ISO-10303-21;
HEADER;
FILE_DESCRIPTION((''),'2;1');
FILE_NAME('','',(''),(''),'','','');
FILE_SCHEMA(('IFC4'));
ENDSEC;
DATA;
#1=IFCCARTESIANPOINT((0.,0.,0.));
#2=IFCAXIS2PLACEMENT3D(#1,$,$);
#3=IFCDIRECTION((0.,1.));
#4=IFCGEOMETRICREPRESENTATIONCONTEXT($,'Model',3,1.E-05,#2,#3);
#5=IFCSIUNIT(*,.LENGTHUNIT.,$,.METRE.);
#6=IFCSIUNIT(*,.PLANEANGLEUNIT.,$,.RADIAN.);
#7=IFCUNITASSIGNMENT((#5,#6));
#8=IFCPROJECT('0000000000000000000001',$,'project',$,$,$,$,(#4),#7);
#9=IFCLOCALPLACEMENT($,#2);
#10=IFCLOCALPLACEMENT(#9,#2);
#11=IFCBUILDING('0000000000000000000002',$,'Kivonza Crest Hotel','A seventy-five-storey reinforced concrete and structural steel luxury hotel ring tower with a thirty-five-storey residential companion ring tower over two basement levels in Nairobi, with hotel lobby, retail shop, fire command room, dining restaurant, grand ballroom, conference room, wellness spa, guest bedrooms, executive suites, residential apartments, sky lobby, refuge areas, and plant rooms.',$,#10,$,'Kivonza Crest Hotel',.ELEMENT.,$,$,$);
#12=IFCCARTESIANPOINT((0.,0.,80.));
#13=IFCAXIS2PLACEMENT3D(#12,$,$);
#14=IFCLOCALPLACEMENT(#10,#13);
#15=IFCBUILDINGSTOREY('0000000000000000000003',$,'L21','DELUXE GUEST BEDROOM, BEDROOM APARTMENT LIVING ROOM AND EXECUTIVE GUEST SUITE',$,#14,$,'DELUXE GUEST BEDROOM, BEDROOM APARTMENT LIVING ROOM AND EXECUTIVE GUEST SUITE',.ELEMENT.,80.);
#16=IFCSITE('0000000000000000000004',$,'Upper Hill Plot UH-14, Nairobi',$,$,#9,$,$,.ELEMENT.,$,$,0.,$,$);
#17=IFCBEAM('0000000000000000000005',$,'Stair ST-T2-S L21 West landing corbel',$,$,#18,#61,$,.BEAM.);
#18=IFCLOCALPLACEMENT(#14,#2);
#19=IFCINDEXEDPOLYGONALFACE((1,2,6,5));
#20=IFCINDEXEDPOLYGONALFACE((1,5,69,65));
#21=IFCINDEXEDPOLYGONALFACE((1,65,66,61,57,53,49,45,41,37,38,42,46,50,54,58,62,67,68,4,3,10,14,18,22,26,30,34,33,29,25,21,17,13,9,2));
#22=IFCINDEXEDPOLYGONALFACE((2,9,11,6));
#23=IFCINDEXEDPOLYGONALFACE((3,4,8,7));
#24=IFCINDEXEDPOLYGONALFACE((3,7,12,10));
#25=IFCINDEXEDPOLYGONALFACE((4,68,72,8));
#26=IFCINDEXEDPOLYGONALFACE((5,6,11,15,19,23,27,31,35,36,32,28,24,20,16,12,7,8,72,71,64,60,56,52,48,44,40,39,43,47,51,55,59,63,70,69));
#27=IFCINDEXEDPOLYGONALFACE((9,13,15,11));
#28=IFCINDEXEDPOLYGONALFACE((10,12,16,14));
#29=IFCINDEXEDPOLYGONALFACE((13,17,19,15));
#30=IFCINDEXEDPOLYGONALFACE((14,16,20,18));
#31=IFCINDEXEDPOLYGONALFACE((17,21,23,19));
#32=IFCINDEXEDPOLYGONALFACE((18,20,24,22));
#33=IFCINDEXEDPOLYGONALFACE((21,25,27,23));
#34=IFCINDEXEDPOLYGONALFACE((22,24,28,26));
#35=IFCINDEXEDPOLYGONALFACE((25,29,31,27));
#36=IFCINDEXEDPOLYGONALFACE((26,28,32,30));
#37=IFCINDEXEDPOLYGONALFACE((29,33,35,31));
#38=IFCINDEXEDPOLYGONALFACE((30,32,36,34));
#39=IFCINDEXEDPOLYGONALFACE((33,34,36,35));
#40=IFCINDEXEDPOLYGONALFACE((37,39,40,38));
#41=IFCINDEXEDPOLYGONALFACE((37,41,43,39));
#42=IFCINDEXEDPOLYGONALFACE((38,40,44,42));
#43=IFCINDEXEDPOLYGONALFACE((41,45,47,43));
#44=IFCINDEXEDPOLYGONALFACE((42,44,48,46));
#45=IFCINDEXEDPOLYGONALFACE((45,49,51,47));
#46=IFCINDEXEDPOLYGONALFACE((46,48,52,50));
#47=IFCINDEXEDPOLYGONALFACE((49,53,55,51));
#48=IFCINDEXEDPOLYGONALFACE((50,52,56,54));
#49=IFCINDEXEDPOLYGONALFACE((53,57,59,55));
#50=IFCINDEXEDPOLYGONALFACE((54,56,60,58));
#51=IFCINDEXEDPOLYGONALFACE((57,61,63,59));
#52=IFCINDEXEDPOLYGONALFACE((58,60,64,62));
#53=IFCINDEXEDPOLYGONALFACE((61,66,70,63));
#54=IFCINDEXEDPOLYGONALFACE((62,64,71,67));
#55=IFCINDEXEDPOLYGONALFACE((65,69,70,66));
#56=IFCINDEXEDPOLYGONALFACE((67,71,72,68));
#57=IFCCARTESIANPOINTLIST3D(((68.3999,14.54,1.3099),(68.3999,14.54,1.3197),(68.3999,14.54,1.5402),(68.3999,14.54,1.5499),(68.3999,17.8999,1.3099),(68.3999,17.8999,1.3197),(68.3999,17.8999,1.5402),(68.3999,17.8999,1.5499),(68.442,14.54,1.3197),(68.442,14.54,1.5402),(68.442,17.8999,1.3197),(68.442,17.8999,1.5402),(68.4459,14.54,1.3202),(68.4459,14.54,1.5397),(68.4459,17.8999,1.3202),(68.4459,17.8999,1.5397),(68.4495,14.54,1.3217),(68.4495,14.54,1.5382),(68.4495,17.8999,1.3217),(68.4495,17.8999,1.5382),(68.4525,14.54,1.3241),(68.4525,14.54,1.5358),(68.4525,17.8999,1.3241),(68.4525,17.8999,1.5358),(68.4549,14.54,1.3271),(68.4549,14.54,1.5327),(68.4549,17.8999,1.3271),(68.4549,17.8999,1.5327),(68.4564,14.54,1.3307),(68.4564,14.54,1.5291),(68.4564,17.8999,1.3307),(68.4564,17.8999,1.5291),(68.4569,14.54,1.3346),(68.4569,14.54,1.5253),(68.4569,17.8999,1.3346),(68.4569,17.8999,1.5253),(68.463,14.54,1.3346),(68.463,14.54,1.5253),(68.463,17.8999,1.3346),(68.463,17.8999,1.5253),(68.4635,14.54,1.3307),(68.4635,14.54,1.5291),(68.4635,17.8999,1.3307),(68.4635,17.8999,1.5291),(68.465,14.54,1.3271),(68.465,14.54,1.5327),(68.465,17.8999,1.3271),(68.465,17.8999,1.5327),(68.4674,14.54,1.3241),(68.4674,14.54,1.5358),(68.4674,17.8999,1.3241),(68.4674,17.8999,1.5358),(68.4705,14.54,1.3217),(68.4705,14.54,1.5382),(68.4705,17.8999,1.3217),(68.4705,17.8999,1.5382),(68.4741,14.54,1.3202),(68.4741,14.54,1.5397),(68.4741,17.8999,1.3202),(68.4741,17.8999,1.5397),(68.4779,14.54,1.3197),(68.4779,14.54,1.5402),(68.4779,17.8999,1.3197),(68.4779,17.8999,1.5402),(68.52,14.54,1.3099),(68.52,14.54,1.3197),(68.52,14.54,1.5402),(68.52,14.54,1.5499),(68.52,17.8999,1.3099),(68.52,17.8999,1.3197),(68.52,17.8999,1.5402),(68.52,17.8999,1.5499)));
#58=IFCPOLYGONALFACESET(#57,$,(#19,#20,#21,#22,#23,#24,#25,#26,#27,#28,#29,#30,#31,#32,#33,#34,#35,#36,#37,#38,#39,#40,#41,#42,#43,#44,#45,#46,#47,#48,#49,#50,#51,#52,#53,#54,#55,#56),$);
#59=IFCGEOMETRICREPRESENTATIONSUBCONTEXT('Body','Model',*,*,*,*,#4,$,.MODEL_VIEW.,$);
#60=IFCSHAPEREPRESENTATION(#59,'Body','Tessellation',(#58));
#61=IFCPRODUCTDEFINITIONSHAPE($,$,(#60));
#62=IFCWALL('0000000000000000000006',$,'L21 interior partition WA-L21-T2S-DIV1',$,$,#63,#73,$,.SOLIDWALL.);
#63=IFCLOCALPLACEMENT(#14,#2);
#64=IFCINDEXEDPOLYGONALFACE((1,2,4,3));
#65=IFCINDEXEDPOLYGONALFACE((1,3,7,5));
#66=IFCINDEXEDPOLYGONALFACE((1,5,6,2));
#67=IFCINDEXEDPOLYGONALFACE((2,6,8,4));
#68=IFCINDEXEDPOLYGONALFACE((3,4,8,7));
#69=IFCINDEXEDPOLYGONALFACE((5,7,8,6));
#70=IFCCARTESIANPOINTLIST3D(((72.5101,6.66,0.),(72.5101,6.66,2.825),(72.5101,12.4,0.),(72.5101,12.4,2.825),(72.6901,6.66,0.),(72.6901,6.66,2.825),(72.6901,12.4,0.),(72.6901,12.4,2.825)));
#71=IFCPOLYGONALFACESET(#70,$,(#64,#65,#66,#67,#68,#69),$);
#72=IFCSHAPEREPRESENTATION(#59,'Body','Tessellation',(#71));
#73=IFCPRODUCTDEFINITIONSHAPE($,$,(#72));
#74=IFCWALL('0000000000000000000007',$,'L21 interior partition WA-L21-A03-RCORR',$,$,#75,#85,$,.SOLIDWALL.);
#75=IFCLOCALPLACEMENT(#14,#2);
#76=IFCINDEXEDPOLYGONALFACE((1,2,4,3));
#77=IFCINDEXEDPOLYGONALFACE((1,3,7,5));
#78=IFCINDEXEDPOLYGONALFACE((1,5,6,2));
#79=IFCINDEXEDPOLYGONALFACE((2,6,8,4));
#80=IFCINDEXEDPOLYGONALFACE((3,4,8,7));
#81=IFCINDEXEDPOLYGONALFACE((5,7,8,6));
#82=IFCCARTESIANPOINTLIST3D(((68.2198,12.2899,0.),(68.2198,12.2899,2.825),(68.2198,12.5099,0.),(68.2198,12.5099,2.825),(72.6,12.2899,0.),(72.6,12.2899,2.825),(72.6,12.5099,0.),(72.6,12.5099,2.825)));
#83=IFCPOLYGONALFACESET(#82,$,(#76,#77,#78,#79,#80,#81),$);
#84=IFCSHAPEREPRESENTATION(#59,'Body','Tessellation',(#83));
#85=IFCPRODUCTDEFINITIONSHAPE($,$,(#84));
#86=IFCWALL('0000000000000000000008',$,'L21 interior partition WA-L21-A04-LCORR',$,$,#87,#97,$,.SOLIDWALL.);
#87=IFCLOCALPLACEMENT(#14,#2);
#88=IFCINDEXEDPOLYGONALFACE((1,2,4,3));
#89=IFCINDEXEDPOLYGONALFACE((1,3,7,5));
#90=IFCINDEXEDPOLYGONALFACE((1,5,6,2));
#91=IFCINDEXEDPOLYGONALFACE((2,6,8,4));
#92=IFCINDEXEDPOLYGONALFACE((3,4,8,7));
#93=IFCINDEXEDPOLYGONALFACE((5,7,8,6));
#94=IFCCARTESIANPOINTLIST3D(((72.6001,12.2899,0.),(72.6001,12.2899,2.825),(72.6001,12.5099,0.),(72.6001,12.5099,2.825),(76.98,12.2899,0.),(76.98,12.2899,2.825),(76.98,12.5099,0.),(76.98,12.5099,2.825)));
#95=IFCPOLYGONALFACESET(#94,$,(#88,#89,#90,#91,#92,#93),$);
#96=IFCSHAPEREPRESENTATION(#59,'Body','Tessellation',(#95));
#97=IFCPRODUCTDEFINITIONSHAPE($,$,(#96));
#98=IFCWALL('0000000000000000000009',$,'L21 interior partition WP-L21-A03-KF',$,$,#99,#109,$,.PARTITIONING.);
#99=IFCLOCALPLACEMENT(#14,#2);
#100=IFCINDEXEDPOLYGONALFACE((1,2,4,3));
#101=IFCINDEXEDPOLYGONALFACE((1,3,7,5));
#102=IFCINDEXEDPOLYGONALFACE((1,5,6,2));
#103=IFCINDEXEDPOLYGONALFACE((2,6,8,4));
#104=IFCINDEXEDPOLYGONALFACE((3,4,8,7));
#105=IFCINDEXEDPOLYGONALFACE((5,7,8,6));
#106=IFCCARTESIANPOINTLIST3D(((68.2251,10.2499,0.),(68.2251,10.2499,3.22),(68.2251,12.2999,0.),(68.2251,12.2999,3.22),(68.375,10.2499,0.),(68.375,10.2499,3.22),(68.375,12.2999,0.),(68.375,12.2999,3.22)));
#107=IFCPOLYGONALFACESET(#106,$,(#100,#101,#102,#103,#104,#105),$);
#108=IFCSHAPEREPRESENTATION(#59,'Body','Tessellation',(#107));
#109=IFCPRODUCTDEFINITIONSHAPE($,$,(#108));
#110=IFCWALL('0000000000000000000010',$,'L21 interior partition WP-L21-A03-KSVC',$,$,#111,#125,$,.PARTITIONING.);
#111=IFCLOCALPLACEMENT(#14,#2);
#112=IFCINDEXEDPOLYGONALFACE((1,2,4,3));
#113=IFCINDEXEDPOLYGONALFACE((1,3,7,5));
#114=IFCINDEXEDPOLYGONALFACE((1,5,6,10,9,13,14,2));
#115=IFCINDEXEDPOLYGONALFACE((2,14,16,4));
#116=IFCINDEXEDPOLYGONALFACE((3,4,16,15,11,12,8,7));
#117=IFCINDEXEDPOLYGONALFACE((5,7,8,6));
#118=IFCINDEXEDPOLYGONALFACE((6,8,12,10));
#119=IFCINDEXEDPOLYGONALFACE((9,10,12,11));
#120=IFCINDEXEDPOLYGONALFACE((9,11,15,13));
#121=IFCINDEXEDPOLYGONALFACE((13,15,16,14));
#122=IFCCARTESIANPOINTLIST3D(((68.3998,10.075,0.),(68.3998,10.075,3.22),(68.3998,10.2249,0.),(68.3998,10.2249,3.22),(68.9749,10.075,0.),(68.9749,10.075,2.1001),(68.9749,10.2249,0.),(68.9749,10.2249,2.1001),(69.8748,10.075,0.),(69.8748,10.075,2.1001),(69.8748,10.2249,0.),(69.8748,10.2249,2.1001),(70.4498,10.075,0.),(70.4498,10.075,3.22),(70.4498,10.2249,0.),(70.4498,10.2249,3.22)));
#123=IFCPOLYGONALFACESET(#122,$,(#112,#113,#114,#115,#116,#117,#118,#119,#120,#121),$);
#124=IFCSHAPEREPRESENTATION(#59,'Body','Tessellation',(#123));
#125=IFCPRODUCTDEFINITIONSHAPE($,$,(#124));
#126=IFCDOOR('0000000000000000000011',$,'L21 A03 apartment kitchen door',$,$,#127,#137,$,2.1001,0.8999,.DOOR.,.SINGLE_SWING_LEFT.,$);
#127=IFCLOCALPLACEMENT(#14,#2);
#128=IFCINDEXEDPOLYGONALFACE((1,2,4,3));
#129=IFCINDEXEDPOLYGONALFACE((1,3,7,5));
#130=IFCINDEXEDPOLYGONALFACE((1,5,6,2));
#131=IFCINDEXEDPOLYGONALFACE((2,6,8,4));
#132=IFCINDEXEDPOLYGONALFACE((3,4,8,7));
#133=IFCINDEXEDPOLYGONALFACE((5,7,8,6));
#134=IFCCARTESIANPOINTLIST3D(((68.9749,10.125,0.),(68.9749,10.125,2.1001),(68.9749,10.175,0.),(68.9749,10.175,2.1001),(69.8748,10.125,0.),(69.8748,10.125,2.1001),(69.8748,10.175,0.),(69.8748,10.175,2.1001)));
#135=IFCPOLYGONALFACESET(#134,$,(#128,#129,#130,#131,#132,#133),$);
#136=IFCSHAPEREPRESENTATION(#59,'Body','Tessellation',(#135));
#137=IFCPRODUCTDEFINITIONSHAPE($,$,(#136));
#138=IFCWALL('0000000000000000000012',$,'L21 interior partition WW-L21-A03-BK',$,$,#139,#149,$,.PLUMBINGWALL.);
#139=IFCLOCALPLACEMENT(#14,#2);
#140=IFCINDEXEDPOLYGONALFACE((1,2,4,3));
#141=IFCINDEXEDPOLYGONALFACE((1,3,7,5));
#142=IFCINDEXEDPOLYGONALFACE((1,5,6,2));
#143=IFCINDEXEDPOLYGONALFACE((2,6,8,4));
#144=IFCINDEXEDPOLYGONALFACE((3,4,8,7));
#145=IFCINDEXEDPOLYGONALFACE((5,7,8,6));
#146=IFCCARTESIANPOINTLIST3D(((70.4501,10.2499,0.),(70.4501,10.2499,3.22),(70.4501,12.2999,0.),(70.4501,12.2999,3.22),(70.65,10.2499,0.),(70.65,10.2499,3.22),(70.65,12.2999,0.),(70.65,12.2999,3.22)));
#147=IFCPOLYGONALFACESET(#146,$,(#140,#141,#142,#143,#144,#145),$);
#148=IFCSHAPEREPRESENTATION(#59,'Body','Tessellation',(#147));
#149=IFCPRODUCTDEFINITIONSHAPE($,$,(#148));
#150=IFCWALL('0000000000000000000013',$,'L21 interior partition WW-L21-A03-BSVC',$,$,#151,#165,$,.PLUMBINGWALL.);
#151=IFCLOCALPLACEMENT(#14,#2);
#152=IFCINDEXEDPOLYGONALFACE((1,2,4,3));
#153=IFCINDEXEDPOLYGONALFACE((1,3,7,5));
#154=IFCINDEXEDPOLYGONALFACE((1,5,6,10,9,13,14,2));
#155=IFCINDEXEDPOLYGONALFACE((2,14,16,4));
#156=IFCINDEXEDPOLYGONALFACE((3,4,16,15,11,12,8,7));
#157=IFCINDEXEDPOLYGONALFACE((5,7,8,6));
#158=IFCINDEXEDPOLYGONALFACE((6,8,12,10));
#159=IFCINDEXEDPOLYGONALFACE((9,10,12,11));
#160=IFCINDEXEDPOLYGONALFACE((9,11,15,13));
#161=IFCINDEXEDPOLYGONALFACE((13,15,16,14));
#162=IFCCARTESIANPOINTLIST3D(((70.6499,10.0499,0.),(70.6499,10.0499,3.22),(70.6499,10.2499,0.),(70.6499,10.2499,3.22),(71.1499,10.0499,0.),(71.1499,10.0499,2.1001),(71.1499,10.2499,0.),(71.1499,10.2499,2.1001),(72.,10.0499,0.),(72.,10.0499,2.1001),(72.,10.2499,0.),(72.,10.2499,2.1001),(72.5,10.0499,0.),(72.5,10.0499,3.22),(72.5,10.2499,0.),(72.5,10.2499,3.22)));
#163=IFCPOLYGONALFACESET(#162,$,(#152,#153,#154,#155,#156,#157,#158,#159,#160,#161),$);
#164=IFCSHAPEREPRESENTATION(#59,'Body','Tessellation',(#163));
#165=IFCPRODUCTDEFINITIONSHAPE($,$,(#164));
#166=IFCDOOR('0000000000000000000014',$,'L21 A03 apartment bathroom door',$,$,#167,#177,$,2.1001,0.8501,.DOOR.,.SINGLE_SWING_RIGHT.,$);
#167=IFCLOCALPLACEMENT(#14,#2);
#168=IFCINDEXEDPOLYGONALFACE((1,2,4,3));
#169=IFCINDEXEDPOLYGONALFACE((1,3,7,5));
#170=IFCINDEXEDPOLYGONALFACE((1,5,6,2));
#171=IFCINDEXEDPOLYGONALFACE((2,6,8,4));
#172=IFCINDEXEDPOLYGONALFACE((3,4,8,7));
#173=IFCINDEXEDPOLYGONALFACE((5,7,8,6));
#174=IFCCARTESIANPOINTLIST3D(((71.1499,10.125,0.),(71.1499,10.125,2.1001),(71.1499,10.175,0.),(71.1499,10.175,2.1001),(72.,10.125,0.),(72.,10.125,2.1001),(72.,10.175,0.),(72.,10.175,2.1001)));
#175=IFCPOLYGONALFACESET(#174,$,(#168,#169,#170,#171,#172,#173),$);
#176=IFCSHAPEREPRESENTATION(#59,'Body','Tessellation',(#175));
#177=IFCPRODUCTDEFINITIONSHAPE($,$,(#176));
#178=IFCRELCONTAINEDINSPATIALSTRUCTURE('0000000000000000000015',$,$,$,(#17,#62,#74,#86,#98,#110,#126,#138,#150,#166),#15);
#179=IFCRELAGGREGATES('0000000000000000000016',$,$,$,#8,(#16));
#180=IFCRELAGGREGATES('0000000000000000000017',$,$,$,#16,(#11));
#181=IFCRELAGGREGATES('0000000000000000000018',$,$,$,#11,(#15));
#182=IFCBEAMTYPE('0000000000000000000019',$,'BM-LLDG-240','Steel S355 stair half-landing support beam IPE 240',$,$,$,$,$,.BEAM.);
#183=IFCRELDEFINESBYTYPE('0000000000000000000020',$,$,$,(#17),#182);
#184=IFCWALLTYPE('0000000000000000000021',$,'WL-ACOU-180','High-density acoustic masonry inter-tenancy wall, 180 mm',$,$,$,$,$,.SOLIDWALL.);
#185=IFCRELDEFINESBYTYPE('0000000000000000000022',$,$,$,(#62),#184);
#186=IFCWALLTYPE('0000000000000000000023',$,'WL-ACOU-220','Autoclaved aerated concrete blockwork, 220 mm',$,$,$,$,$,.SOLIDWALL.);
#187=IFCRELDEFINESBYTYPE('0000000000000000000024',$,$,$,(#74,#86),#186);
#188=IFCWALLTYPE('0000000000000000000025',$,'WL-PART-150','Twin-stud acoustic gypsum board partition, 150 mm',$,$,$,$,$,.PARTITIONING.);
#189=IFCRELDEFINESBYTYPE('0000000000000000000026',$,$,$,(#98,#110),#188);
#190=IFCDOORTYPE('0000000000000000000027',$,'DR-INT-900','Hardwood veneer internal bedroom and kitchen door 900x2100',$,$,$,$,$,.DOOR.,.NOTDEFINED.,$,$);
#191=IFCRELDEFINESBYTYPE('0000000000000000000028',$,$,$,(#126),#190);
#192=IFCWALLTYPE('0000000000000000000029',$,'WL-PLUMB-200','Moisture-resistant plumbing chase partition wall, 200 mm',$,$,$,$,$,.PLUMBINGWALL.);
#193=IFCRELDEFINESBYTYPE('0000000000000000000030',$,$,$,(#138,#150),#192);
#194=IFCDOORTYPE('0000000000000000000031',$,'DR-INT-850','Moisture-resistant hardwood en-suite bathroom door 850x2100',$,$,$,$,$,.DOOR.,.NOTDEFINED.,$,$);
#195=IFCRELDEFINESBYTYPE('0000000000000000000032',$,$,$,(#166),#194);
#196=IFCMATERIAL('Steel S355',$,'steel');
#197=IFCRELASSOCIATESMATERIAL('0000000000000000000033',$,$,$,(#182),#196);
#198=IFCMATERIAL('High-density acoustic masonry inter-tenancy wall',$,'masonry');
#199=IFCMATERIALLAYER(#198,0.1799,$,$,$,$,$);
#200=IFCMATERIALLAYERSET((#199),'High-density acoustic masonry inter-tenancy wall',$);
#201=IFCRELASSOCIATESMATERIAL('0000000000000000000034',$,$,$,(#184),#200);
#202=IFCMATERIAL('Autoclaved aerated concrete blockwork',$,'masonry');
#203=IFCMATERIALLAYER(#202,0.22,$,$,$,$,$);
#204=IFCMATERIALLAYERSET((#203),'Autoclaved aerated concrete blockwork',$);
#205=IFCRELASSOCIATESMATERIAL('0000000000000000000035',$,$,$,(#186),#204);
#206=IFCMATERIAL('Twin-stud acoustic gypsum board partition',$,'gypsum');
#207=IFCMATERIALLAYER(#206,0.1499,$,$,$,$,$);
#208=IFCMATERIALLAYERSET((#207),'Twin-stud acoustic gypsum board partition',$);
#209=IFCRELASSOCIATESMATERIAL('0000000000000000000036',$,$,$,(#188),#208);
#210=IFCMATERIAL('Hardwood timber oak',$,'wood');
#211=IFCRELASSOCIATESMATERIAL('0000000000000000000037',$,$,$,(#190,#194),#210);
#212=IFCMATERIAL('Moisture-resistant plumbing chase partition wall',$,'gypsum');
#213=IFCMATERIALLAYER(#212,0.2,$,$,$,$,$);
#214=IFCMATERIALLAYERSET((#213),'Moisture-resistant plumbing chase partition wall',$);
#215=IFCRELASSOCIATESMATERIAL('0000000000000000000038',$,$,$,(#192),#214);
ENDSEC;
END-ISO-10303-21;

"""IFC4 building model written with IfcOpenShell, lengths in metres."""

from ifc_helpers import new_model, si_unit, direction, frame, frame_2d, origin, origin_2d, place, context, subcontext, project, spatial, rectangle, i_section, extrude, material, layer, layer_set, material_profile, profile_set, type_object, element, fill, save


model = new_model("IFC4")

# Units and contexts
model_context = context("Model", 3, precision=1e-05, world=origin(), true_north=direction((0.0, 1.0)))
body_context = subcontext(model_context, "Body", "Model", "MODEL_VIEW")
ifc_project = project(units=[si_unit("LENGTHUNIT", "METRE"), si_unit("PLANEANGLEUNIT", "RADIAN")], contexts=[model_context])

# Site, building, storey
site_placement = place(None, origin())
site = spatial("IfcSite", under=ifc_project, at=site_placement, Name="Upper Hill Plot UH-14, Nairobi", CompositionType="ELEMENT", RefElevation=0.0)
building_placement = place(site_placement, origin())
building = spatial("IfcBuilding", under=site, at=building_placement, Name="Kivonza Crest Hotel", Description="A seventy-five-storey reinforced concrete and structural steel luxury hotel ring tower with a thirty-five-storey residential companion ring tower over two basement levels in Nairobi, with hotel lobby, retail shop, fire command room, dining restaurant, grand ballroom, conference room, wellness spa, guest bedrooms, executive suites, residential apartments, sky lobby, refuge areas, and plant rooms.", LongName="Kivonza Crest Hotel", CompositionType="ELEMENT")
storey_placement = place(building_placement, frame((0.0, 0.0, 80.0)))
storey = spatial("IfcBuildingStorey", under=building, at=storey_placement, Name="L21", Description="DELUXE GUEST BEDROOM, BEDROOM APARTMENT LIVING ROOM AND EXECUTIVE GUEST SUITE", LongName="DELUXE GUEST BEDROOM, BEDROOM APARTMENT LIVING ROOM AND EXECUTIVE GUEST SUITE", CompositionType="ELEMENT", Elevation=80.0)

# Beam
ifc_material_1 = material(Name="Steel S355", Category="steel")
ifc_material_profile_1 = material_profile(ifc_material_1, i_section(OverallWidth=0.1201, OverallDepth=0.24, WebThickness=0.0061, FlangeThickness=0.0098, FilletRadius=0.0149, at=origin_2d()), Name="IPE 240")
ifc_profile_set_1 = profile_set([ifc_material_profile_1], Name="Steel S355")
beam_type_1 = type_object("IfcBeamType", Name="BM-LLDG-240", Description="Steel S355 stair half-landing support beam IPE 240", PredefinedType="BEAM", material=ifc_profile_set_1)
beam_1_placement = place(storey_placement, frame((68.46, 14.54, 1.4299), z_axis=(0.0, 1.0, 0.0), x_axis=(-1.0, 0.0, 0.0)))
element("IfcBeam", 1, at=beam_1_placement, inside=storey, type_object=beam_type_1, Name="Stair ST-T2-S L21 West landing corbel", PredefinedType="BEAM", context=body_context, shape_type="SweptSolid", body=[
    extrude(i_section(OverallWidth=0.1201, OverallDepth=0.24, WebThickness=0.0061, FlangeThickness=0.0098, FilletRadius=0.0149, at=origin_2d()), origin(), (0.0, 0.0, 1.0), 3.3599),
])

# Walls
ifc_material_2 = material(Name="High-density acoustic masonry inter-tenancy wall", Category="masonry")
ifc_layer_1 = layer(ifc_material_2, 0.1799)
ifc_layer_set_1 = layer_set([ifc_layer_1], Name="High-density acoustic masonry inter-tenancy wall")
wall_type_1 = type_object("IfcWallType", Name="WL-ACOU-180", Description="High-density acoustic masonry inter-tenancy wall, 180 mm", PredefinedType="SOLIDWALL", material=ifc_layer_set_1)
wall_1_placement = place(storey_placement, frame((72.6001, 6.6599, 0.0), z_axis=(0.0, 0.0, 1.0), x_axis=(0.0, 1.0, 0.0)))
element("IfcWall", 2, at=wall_1_placement, inside=storey, type_object=wall_type_1, Name="L21 interior partition WA-L21-T2S-DIV1", PredefinedType="SOLIDWALL", context=body_context, shape_type="SweptSolid", body=[
    extrude(rectangle(XDim=5.74, YDim=0.1799, at=frame_2d((2.8701, 0.0))), origin(), (0.0, 0.0, 1.0), 2.825),
])
ifc_material_3 = material(Name="Autoclaved aerated concrete blockwork", Category="masonry")
ifc_layer_2 = layer(ifc_material_3, 0.22)
ifc_layer_set_2 = layer_set([ifc_layer_2], Name="Autoclaved aerated concrete blockwork")
wall_type_2 = type_object("IfcWallType", Name="WL-ACOU-220", Description="Autoclaved aerated concrete blockwork, 220 mm", PredefinedType="SOLIDWALL", material=ifc_layer_set_2)
wall_2_placement = place(storey_placement, frame((68.22, 12.3999, 0.0), z_axis=(0.0, 0.0, 1.0), x_axis=(1.0, 0.0, 0.0)))
element("IfcWall", 3, at=wall_2_placement, inside=storey, type_object=wall_type_2, Name="L21 interior partition WA-L21-A03-RCORR", PredefinedType="SOLIDWALL", context=body_context, shape_type="SweptSolid", body=[
    extrude(rectangle(XDim=4.3801, YDim=0.22, at=frame_2d((2.1899, 0.0))), origin(), (0.0, 0.0, 1.0), 2.825),
])
wall_3_placement = place(storey_placement, frame((72.6001, 12.3999, 0.0), z_axis=(0.0, 0.0, 1.0), x_axis=(1.0, 0.0, 0.0)))
element("IfcWall", 4, at=wall_3_placement, inside=storey, type_object=wall_type_2, Name="L21 interior partition WA-L21-A04-LCORR", PredefinedType="SOLIDWALL", context=body_context, shape_type="SweptSolid", body=[
    extrude(rectangle(XDim=4.3799, YDim=0.22, at=frame_2d((2.1899, 0.0))), origin(), (0.0, 0.0, 1.0), 2.825),
])

# Shared definitions
ifc_material_4 = material(Name="Hardwood timber oak", Category="wood")

# Wall
ifc_material_5 = material(Name="Twin-stud acoustic gypsum board partition", Category="gypsum")
ifc_layer_3 = layer(ifc_material_5, 0.1499)
ifc_layer_set_3 = layer_set([ifc_layer_3], Name="Twin-stud acoustic gypsum board partition")
wall_type_3 = type_object("IfcWallType", Name="WL-PART-150", Description="Twin-stud acoustic gypsum board partition, 150 mm", PredefinedType="PARTITIONING", material=ifc_layer_set_3)
wall_4_placement = place(storey_placement, frame((68.3, 10.25, 0.0), z_axis=(0.0, 0.0, 1.0), x_axis=(0.0, 1.0, 0.0)))
element("IfcWall", 5, at=wall_4_placement, inside=storey, type_object=wall_type_3, Name="L21 interior partition WP-L21-A03-KF", PredefinedType="PARTITIONING", context=body_context, shape_type="SweptSolid", body=[
    extrude(rectangle(XDim=2.05, YDim=0.1499, at=frame_2d((1.0249, 0.0))), origin(), (0.0, 0.0, 1.0), 3.22),
])

# Wall, opening, door
wall_5_placement = place(storey_placement, frame((68.3999, 10.1499, 0.0), z_axis=(0.0, 0.0, 1.0), x_axis=(1.0, 0.0, 0.0)))
wall_5 = element("IfcWall", 6, at=wall_5_placement, inside=storey, type_object=wall_type_3, Name="L21 interior partition WP-L21-A03-KSVC", PredefinedType="PARTITIONING", context=body_context, shape_type="SweptSolid", body=[
    extrude(rectangle(XDim=2.05, YDim=0.1499, at=frame_2d((1.0249, 0.0))), origin(), (0.0, 0.0, 1.0), 3.22),
])
opening_1_placement = place(wall_5_placement, frame((0.575, 0.0, 0.0)))
opening_1 = element("IfcOpeningElement", 7, at=opening_1_placement, cuts=wall_5, PredefinedType="OPENING", context=body_context, shape_type="SweptSolid", body=[
    extrude(rectangle(XDim=0.8999, YDim=2.1001, at=frame_2d((0.45, 1.05))), frame((0.0, 0.085, 0.0), z_axis=(0.0, -1.0, 0.0), x_axis=(1.0, 0.0, 0.0)), (0.0, 0.0, 1.0), 0.1699),
])
door_type_1 = type_object("IfcDoorType", Name="DR-INT-900", Description="Hardwood veneer internal bedroom and kitchen door 900x2100", OperationType="NOTDEFINED", PredefinedType="DOOR", material=ifc_material_4)
door_1_placement = place(opening_1_placement, frame((0.8999, 0.0, 0.0), z_axis=(0.0, 0.0, 1.0), x_axis=(-1.0, 0.0, 0.0)))
door_1 = element("IfcDoor", 8, at=door_1_placement, inside=storey, type_object=door_type_1, Name="L21 A03 apartment kitchen door", OperationType="SINGLE_SWING_LEFT", OverallHeight=2.1001, OverallWidth=0.8999, PredefinedType="DOOR", context=body_context, shape_type="SweptSolid", body=[
    extrude(rectangle(XDim=0.8999, YDim=2.1001, at=frame_2d((0.45, 1.05))), frame((0.0, 0.0249, 0.0), z_axis=(0.0, -1.0, 0.0), x_axis=(1.0, 0.0, 0.0)), (0.0, 0.0, 1.0), 0.05),
])
fill(opening_1, door_1)

# Wall
ifc_material_6 = material(Name="Moisture-resistant plumbing chase partition wall", Category="gypsum")
ifc_layer_4 = layer(ifc_material_6, 0.2)
ifc_layer_set_4 = layer_set([ifc_layer_4], Name="Moisture-resistant plumbing chase partition wall")
wall_type_4 = type_object("IfcWallType", Name="WL-PLUMB-200", Description="Moisture-resistant plumbing chase partition wall, 200 mm", PredefinedType="PLUMBINGWALL", material=ifc_layer_set_4)
wall_6_placement = place(storey_placement, frame((70.55, 10.25, 0.0), z_axis=(0.0, 0.0, 1.0), x_axis=(0.0, 1.0, 0.0)))
element("IfcWall", 9, at=wall_6_placement, inside=storey, type_object=wall_type_4, Name="L21 interior partition WW-L21-A03-BK", PredefinedType="PLUMBINGWALL", context=body_context, shape_type="SweptSolid", body=[
    extrude(rectangle(XDim=2.05, YDim=0.2, at=frame_2d((1.0249, 0.0))), origin(), (0.0, 0.0, 1.0), 3.22),
])

# Wall, opening, door
wall_7_placement = place(storey_placement, frame((70.6499, 10.1499, 0.0), z_axis=(0.0, 0.0, 1.0), x_axis=(1.0, 0.0, 0.0)))
wall_7 = element("IfcWall", 10, at=wall_7_placement, inside=storey, type_object=wall_type_4, Name="L21 interior partition WW-L21-A03-BSVC", PredefinedType="PLUMBINGWALL", context=body_context, shape_type="SweptSolid", body=[
    extrude(rectangle(XDim=1.8501, YDim=0.2, at=frame_2d((0.925, 0.0))), origin(), (0.0, 0.0, 1.0), 3.22),
])
opening_2_placement = place(wall_7_placement, frame((0.5, 0.0, 0.0)))
opening_2 = element("IfcOpeningElement", 11, at=opening_2_placement, cuts=wall_7, PredefinedType="OPENING", context=body_context, shape_type="SweptSolid", body=[
    extrude(rectangle(XDim=0.8501, YDim=2.1001, at=frame_2d((0.425, 1.05))), frame((0.0, 0.1099, 0.0), z_axis=(0.0, -1.0, 0.0), x_axis=(1.0, 0.0, 0.0)), (0.0, 0.0, 1.0), 0.22),
])
door_type_2 = type_object("IfcDoorType", Name="DR-INT-850", Description="Moisture-resistant hardwood en-suite bathroom door 850x2100", OperationType="NOTDEFINED", PredefinedType="DOOR", material=ifc_material_4)
door_2_placement = place(opening_2_placement, frame((0.8501, 0.0, 0.0), z_axis=(0.0, 0.0, 1.0), x_axis=(-1.0, 0.0, 0.0)))
door_2 = element("IfcDoor", 12, at=door_2_placement, inside=storey, type_object=door_type_2, Name="L21 A03 apartment bathroom door", OperationType="SINGLE_SWING_RIGHT", OverallHeight=2.1001, OverallWidth=0.8501, PredefinedType="DOOR", context=body_context, shape_type="SweptSolid", body=[
    extrude(rectangle(XDim=0.8501, YDim=2.1001, at=frame_2d((0.425, 1.05))), frame((0.0, 0.0249, 0.0), z_axis=(0.0, -1.0, 0.0), x_axis=(1.0, 0.0, 0.0)), (0.0, 0.0, 1.0), 0.05),
])
fill(opening_2, door_2)

save(model, "model.ifc")
